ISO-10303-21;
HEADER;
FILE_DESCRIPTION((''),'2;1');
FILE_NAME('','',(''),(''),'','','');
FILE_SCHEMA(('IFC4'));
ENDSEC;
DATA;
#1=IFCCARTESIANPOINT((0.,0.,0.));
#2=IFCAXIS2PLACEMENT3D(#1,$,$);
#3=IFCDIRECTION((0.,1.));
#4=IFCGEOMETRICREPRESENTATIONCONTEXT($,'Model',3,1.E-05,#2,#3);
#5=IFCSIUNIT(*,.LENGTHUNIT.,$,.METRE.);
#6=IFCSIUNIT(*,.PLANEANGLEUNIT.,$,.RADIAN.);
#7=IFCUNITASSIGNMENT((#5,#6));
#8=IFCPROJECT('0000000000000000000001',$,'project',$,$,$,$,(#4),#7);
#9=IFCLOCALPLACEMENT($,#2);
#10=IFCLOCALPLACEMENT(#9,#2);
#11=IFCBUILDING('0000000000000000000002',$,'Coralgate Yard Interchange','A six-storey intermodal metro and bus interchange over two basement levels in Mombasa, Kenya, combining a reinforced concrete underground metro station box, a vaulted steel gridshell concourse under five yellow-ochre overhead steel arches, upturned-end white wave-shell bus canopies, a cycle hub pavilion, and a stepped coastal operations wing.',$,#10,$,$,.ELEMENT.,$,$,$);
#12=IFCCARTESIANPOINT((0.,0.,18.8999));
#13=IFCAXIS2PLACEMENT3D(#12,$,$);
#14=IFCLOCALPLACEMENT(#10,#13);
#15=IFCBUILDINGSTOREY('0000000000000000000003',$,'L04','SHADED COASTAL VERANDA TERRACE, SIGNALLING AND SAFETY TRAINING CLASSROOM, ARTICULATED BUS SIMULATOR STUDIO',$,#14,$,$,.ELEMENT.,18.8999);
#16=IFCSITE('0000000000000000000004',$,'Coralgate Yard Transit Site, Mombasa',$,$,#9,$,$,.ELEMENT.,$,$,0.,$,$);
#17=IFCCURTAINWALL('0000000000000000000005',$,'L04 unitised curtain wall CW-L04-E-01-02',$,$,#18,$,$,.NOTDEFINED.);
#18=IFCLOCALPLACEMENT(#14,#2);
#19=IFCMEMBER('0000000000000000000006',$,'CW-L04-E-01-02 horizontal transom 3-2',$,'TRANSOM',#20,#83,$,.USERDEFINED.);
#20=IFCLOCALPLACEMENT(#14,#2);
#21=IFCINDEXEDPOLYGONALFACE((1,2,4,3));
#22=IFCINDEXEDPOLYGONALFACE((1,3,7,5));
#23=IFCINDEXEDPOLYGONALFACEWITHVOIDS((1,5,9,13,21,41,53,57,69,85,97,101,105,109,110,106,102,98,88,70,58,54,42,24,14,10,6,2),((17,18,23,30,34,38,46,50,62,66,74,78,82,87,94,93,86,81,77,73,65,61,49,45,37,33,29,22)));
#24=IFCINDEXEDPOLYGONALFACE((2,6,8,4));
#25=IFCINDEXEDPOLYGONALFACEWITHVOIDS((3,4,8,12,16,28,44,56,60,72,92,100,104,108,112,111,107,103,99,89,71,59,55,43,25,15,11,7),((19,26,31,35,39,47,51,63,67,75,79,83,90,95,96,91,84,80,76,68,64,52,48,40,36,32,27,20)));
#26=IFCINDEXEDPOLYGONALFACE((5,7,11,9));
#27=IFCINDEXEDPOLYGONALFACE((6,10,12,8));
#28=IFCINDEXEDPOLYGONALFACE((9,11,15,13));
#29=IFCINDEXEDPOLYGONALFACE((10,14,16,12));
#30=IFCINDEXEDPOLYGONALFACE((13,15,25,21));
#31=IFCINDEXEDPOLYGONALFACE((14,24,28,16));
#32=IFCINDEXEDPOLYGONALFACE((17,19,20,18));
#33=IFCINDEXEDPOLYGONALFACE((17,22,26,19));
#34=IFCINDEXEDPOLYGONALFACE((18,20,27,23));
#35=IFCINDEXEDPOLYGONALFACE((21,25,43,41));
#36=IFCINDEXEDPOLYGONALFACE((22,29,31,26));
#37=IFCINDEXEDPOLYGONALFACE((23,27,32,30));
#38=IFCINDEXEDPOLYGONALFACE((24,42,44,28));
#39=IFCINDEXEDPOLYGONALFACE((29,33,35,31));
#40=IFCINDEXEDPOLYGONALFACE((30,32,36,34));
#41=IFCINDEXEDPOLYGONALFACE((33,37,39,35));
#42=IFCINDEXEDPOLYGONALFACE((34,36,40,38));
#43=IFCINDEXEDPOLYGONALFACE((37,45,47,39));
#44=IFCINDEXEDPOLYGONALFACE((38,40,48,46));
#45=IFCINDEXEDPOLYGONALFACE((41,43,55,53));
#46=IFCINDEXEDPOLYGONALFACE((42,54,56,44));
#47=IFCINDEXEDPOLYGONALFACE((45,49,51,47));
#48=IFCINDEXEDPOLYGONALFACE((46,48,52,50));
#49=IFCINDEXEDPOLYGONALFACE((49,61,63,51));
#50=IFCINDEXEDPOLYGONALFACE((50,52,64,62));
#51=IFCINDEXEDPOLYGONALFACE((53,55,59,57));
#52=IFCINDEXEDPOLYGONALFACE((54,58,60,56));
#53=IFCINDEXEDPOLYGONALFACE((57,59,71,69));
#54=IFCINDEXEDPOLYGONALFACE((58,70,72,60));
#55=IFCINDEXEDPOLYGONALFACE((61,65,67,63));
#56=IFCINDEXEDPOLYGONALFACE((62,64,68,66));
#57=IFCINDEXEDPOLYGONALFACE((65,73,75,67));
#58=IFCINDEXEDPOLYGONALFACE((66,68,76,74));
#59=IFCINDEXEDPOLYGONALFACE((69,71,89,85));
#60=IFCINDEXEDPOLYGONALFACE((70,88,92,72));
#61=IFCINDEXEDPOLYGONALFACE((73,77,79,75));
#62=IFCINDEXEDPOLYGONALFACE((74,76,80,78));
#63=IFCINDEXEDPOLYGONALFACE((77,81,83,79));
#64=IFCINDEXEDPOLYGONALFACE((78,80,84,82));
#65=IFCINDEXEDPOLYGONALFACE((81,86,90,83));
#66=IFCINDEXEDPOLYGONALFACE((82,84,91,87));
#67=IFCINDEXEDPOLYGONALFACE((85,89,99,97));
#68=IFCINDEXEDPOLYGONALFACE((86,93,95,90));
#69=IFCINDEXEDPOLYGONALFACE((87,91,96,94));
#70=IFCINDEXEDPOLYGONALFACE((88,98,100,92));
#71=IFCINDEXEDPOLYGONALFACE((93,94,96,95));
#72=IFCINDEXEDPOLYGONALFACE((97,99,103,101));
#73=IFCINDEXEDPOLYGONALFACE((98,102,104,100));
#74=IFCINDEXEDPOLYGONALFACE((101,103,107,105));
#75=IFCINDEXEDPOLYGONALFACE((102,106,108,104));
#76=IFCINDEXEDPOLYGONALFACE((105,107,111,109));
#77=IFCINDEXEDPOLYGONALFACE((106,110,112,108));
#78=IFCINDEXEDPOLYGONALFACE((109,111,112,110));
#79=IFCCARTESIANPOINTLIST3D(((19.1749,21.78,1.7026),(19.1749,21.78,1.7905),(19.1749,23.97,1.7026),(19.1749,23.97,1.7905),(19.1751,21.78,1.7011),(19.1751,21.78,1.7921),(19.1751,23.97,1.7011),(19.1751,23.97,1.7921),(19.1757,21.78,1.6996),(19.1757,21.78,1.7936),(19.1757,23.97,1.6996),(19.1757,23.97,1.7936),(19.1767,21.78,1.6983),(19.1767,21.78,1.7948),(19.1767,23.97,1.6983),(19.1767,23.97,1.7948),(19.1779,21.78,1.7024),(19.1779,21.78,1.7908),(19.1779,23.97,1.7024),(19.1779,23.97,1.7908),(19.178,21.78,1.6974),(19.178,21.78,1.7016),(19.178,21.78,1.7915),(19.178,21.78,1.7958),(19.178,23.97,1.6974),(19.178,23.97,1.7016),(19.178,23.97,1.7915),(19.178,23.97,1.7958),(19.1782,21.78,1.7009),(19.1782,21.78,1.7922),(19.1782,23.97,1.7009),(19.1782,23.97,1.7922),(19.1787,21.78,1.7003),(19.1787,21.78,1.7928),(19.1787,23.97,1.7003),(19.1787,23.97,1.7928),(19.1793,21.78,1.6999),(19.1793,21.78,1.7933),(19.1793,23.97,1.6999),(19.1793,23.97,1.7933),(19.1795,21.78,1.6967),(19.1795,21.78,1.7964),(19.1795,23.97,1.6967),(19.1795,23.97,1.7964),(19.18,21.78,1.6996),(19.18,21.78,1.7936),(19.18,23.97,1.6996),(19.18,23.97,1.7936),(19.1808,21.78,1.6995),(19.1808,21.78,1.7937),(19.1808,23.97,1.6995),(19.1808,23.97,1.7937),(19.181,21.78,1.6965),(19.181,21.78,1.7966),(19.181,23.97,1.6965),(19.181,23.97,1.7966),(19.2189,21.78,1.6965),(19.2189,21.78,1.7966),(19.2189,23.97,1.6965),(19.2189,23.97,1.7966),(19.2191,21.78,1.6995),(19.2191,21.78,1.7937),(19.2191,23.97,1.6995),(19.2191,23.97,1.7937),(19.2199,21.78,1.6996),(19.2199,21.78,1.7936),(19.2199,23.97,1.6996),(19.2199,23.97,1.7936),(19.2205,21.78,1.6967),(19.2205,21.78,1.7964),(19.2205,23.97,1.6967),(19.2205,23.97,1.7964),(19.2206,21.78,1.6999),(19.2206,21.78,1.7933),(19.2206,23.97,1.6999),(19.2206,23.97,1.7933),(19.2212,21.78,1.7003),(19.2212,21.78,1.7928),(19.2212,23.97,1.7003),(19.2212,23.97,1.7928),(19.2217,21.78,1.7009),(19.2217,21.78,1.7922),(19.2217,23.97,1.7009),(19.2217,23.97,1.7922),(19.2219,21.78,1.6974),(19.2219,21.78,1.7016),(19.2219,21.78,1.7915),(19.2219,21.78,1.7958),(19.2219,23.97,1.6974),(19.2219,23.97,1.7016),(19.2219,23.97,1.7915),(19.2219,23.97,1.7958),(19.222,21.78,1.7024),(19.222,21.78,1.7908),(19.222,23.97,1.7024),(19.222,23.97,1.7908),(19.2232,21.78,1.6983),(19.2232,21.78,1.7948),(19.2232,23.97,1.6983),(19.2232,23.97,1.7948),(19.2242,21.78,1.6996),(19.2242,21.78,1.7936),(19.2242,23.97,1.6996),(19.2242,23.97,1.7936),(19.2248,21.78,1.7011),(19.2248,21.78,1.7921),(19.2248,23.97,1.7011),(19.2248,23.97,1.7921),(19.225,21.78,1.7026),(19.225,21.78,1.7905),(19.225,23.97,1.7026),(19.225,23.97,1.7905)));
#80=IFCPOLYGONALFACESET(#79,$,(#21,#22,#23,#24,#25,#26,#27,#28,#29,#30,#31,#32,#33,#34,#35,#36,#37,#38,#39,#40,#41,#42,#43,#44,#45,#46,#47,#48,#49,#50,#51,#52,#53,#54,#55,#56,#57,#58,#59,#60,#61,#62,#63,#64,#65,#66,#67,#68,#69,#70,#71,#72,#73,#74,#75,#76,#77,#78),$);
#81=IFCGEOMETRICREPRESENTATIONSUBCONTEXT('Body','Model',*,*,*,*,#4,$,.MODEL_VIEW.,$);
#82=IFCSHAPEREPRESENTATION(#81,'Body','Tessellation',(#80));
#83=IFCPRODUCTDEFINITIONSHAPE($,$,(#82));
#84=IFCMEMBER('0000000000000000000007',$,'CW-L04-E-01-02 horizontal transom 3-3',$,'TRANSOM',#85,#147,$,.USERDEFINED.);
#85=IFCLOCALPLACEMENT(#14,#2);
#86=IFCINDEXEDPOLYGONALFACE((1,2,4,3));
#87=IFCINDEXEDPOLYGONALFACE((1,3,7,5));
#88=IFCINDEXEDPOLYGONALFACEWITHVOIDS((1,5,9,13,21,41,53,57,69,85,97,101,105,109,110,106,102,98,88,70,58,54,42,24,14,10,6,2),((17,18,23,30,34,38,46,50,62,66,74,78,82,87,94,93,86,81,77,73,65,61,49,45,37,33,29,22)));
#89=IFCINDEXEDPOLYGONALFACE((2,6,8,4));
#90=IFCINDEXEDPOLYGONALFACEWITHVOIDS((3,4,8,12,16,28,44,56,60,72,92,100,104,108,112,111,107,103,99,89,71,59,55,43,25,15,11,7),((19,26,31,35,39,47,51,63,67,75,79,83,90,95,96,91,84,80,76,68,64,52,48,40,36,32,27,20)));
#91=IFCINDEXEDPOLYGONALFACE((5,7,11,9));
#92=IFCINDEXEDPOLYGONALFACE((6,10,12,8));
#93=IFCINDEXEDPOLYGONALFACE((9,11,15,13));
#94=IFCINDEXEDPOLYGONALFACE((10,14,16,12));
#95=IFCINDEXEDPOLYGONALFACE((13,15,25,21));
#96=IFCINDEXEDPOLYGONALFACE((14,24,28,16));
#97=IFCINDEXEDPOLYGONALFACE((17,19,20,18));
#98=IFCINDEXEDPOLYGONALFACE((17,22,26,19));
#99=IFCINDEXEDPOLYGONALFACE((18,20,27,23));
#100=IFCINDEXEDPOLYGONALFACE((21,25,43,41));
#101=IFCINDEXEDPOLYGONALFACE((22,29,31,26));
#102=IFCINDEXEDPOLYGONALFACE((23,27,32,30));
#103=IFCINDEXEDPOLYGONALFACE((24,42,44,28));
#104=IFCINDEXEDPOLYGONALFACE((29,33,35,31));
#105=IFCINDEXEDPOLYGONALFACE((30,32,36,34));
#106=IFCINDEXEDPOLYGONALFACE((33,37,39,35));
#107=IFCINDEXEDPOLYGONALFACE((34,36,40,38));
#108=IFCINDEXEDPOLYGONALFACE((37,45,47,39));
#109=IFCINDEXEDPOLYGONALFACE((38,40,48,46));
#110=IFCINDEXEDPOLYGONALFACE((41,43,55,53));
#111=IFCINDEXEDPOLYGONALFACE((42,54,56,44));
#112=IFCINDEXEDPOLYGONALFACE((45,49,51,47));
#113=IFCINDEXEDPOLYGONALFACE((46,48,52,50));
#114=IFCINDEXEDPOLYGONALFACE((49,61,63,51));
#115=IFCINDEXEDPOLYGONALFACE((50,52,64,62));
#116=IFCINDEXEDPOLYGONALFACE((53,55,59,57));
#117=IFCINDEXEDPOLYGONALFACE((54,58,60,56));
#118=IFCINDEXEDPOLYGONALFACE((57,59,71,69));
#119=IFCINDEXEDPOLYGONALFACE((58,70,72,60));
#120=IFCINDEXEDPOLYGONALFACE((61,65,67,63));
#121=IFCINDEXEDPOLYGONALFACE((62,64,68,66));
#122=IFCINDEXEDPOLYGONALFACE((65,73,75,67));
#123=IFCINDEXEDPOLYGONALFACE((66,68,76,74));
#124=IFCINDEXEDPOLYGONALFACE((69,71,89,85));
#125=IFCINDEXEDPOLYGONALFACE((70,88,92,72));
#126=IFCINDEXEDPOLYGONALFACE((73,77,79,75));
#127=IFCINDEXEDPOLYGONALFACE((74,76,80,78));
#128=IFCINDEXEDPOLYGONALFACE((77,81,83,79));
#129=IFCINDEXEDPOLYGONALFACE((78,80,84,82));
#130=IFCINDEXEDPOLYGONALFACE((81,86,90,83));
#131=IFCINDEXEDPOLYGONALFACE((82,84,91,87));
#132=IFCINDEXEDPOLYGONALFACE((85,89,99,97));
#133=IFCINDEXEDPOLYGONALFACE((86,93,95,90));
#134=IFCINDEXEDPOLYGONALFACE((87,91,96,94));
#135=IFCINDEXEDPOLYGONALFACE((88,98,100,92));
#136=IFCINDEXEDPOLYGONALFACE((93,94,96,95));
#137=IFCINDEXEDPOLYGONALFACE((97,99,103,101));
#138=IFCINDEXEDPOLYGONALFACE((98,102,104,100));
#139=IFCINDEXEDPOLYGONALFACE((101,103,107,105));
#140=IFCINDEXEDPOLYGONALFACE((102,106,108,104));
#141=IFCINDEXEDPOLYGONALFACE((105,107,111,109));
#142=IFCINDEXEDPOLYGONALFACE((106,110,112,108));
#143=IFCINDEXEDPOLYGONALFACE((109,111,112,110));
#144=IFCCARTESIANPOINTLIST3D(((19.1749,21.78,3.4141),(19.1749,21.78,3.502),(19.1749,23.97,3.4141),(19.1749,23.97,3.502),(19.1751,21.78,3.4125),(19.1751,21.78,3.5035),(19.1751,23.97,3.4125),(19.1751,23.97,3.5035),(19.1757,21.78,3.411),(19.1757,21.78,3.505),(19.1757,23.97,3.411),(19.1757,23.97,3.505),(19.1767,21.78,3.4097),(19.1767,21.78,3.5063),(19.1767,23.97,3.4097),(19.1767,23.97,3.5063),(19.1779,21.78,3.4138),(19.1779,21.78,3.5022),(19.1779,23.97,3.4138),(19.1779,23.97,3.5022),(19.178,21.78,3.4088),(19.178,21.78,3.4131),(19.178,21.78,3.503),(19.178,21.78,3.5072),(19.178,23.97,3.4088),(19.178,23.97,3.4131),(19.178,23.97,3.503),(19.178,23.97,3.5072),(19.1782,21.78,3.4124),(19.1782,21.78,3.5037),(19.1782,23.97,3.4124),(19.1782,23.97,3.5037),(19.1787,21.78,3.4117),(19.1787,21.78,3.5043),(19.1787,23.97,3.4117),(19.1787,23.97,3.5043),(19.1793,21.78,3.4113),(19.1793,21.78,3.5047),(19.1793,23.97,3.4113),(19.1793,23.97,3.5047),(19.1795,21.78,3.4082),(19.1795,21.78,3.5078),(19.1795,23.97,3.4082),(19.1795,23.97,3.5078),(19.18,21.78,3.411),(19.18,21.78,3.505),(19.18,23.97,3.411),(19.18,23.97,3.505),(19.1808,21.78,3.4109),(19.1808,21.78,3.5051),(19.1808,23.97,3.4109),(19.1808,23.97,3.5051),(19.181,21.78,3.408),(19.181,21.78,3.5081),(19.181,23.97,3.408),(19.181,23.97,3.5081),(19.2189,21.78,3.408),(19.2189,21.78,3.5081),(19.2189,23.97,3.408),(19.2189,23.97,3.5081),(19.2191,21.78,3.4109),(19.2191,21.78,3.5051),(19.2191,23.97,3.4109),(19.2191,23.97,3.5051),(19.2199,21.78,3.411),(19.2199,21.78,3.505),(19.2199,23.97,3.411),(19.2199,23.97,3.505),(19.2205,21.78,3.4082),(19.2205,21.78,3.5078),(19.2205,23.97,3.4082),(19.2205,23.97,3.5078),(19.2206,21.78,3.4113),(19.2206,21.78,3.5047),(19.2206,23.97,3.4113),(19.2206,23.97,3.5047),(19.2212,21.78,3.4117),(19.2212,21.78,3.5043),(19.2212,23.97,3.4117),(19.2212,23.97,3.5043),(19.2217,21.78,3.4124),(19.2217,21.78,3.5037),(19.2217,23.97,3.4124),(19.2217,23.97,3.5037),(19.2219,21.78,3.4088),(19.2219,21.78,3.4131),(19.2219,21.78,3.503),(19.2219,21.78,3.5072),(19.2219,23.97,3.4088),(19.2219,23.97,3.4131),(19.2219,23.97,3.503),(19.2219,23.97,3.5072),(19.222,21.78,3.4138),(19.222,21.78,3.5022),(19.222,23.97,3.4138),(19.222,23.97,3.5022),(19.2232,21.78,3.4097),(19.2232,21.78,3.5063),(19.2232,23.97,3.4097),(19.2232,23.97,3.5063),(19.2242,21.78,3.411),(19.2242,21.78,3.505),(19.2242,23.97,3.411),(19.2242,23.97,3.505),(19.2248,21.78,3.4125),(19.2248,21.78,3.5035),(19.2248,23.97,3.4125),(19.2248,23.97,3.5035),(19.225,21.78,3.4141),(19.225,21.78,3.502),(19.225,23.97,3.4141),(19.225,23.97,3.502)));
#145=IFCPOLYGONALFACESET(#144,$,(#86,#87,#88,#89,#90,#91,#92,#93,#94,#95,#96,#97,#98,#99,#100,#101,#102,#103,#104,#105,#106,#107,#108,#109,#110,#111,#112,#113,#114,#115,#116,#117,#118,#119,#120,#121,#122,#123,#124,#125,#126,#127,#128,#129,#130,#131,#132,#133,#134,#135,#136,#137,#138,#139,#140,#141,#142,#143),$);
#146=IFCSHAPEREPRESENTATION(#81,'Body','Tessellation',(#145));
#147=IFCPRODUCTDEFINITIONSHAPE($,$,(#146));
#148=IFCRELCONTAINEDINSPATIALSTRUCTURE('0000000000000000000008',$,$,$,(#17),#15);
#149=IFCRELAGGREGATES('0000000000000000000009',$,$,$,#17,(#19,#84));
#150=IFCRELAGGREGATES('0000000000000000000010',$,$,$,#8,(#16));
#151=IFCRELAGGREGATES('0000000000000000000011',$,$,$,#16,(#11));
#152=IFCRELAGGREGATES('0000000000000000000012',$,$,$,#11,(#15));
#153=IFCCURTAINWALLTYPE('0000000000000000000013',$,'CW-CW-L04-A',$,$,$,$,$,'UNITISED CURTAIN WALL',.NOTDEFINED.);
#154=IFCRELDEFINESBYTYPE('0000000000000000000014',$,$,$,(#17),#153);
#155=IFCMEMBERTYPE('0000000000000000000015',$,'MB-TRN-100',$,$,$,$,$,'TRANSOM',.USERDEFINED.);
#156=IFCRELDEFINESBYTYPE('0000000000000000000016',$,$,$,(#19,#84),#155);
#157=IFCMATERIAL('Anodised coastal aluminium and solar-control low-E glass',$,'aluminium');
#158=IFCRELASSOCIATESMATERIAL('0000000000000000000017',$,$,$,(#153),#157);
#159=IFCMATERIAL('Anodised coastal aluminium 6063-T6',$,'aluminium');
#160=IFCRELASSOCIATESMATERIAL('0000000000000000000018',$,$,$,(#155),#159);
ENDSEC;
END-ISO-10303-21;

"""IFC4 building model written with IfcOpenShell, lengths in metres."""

from ifc_helpers import new_model, si_unit, direction, frame, origin, origin_2d, place, context, subcontext, project, spatial, hollow_rectangle, extrude, material, material_profile, profile_set, type_object, element, aggregate, save


model = new_model("IFC4")

# Units and contexts
model_context = context("Model", 3, precision=1e-05, world=origin(), true_north=direction((0.0, 1.0)))
body_context = subcontext(model_context, "Body", "Model", "MODEL_VIEW")
ifc_project = project(units=[si_unit("LENGTHUNIT", "METRE"), si_unit("PLANEANGLEUNIT", "RADIAN")], contexts=[model_context])

# Site, building, storey
site_placement = place(None, origin())
site = spatial("IfcSite", under=ifc_project, at=site_placement, Name="Coralgate Yard Transit Site, Mombasa", CompositionType="ELEMENT", RefElevation=0.0)
building_placement = place(site_placement, origin())
building = spatial("IfcBuilding", under=site, at=building_placement, Name="Coralgate Yard Interchange", Description="A six-storey intermodal metro and bus interchange over two basement levels in Mombasa, Kenya, combining a reinforced concrete underground metro station box, a vaulted steel gridshell concourse under five yellow-ochre overhead steel arches, upturned-end white wave-shell bus canopies, a cycle hub pavilion, and a stepped coastal operations wing.", CompositionType="ELEMENT")
storey_placement = place(building_placement, frame((0.0, 0.0, 18.8999)))
storey = spatial("IfcBuildingStorey", under=building, at=storey_placement, Name="L04", Description="SHADED COASTAL VERANDA TERRACE, SIGNALLING AND SAFETY TRAINING CLASSROOM, ARTICULATED BUS SIMULATOR STUDIO", CompositionType="ELEMENT", Elevation=18.8999)

# Curtain wall, members
ifc_material_1 = material(Name="Anodised coastal aluminium and solar-control low-E glass", Category="aluminium")
curtain_wall_type = type_object("IfcCurtainWallType", Name="CW-CW-L04-A", ElementType="UNITISED CURTAIN WALL", PredefinedType="NOTDEFINED", material=ifc_material_1)
curtain_wall_placement = place(storey_placement, origin())
curtain_wall = element("IfcCurtainWall", 1, at=curtain_wall_placement, inside=storey, type_object=curtain_wall_type, Name="L04 unitised curtain wall CW-L04-E-01-02", PredefinedType="NOTDEFINED")
ifc_material_2 = material(Name="Anodised coastal aluminium 6063-T6", Category="aluminium")
ifc_material_profile_1 = material_profile(ifc_material_2, hollow_rectangle(XDim=0.05, YDim=0.1001, WallThickness=0.0029, InnerFilletRadius=0.0029, OuterFilletRadius=0.0061, at=origin_2d()), Name="ALU 50x100x3")
ifc_profile_set_1 = profile_set([ifc_material_profile_1], Name="Anodised coastal aluminium 6063-T6")
member_type_1 = type_object("IfcMemberType", Name="MB-TRN-100", ElementType="TRANSOM", PredefinedType="USERDEFINED", material=ifc_profile_set_1)
member_1_placement = place(storey_placement, frame((19.2, 23.97, 1.7466), z_axis=(0.0, -1.0, 0.0), x_axis=(1.0, 0.0, 0.0)))
member_1 = element("IfcMember", 2, at=member_1_placement, type_object=member_type_1, Name="CW-L04-E-01-02 horizontal transom 3-2", ObjectType="TRANSOM", PredefinedType="USERDEFINED", context=body_context, shape_type="SweptSolid", body=[
    extrude(hollow_rectangle(XDim=0.05, YDim=0.1001, WallThickness=0.0029, InnerFilletRadius=0.0029, OuterFilletRadius=0.0061, at=origin_2d()), origin(), (0.0, 0.0, 1.0), 2.1899),
])
member_2_placement = place(storey_placement, frame((19.2, 23.97, 3.458), z_axis=(0.0, -1.0, 0.0), x_axis=(1.0, 0.0, 0.0)))
member_2 = element("IfcMember", 3, at=member_2_placement, type_object=member_type_1, Name="CW-L04-E-01-02 horizontal transom 3-3", ObjectType="TRANSOM", PredefinedType="USERDEFINED", context=body_context, shape_type="SweptSolid", body=[
    extrude(hollow_rectangle(XDim=0.05, YDim=0.1001, WallThickness=0.0029, InnerFilletRadius=0.0029, OuterFilletRadius=0.0061, at=origin_2d()), origin(), (0.0, 0.0, 1.0), 2.1899),
])
aggregate(curtain_wall, [member_1, member_2])

save(model, "model.ifc")
